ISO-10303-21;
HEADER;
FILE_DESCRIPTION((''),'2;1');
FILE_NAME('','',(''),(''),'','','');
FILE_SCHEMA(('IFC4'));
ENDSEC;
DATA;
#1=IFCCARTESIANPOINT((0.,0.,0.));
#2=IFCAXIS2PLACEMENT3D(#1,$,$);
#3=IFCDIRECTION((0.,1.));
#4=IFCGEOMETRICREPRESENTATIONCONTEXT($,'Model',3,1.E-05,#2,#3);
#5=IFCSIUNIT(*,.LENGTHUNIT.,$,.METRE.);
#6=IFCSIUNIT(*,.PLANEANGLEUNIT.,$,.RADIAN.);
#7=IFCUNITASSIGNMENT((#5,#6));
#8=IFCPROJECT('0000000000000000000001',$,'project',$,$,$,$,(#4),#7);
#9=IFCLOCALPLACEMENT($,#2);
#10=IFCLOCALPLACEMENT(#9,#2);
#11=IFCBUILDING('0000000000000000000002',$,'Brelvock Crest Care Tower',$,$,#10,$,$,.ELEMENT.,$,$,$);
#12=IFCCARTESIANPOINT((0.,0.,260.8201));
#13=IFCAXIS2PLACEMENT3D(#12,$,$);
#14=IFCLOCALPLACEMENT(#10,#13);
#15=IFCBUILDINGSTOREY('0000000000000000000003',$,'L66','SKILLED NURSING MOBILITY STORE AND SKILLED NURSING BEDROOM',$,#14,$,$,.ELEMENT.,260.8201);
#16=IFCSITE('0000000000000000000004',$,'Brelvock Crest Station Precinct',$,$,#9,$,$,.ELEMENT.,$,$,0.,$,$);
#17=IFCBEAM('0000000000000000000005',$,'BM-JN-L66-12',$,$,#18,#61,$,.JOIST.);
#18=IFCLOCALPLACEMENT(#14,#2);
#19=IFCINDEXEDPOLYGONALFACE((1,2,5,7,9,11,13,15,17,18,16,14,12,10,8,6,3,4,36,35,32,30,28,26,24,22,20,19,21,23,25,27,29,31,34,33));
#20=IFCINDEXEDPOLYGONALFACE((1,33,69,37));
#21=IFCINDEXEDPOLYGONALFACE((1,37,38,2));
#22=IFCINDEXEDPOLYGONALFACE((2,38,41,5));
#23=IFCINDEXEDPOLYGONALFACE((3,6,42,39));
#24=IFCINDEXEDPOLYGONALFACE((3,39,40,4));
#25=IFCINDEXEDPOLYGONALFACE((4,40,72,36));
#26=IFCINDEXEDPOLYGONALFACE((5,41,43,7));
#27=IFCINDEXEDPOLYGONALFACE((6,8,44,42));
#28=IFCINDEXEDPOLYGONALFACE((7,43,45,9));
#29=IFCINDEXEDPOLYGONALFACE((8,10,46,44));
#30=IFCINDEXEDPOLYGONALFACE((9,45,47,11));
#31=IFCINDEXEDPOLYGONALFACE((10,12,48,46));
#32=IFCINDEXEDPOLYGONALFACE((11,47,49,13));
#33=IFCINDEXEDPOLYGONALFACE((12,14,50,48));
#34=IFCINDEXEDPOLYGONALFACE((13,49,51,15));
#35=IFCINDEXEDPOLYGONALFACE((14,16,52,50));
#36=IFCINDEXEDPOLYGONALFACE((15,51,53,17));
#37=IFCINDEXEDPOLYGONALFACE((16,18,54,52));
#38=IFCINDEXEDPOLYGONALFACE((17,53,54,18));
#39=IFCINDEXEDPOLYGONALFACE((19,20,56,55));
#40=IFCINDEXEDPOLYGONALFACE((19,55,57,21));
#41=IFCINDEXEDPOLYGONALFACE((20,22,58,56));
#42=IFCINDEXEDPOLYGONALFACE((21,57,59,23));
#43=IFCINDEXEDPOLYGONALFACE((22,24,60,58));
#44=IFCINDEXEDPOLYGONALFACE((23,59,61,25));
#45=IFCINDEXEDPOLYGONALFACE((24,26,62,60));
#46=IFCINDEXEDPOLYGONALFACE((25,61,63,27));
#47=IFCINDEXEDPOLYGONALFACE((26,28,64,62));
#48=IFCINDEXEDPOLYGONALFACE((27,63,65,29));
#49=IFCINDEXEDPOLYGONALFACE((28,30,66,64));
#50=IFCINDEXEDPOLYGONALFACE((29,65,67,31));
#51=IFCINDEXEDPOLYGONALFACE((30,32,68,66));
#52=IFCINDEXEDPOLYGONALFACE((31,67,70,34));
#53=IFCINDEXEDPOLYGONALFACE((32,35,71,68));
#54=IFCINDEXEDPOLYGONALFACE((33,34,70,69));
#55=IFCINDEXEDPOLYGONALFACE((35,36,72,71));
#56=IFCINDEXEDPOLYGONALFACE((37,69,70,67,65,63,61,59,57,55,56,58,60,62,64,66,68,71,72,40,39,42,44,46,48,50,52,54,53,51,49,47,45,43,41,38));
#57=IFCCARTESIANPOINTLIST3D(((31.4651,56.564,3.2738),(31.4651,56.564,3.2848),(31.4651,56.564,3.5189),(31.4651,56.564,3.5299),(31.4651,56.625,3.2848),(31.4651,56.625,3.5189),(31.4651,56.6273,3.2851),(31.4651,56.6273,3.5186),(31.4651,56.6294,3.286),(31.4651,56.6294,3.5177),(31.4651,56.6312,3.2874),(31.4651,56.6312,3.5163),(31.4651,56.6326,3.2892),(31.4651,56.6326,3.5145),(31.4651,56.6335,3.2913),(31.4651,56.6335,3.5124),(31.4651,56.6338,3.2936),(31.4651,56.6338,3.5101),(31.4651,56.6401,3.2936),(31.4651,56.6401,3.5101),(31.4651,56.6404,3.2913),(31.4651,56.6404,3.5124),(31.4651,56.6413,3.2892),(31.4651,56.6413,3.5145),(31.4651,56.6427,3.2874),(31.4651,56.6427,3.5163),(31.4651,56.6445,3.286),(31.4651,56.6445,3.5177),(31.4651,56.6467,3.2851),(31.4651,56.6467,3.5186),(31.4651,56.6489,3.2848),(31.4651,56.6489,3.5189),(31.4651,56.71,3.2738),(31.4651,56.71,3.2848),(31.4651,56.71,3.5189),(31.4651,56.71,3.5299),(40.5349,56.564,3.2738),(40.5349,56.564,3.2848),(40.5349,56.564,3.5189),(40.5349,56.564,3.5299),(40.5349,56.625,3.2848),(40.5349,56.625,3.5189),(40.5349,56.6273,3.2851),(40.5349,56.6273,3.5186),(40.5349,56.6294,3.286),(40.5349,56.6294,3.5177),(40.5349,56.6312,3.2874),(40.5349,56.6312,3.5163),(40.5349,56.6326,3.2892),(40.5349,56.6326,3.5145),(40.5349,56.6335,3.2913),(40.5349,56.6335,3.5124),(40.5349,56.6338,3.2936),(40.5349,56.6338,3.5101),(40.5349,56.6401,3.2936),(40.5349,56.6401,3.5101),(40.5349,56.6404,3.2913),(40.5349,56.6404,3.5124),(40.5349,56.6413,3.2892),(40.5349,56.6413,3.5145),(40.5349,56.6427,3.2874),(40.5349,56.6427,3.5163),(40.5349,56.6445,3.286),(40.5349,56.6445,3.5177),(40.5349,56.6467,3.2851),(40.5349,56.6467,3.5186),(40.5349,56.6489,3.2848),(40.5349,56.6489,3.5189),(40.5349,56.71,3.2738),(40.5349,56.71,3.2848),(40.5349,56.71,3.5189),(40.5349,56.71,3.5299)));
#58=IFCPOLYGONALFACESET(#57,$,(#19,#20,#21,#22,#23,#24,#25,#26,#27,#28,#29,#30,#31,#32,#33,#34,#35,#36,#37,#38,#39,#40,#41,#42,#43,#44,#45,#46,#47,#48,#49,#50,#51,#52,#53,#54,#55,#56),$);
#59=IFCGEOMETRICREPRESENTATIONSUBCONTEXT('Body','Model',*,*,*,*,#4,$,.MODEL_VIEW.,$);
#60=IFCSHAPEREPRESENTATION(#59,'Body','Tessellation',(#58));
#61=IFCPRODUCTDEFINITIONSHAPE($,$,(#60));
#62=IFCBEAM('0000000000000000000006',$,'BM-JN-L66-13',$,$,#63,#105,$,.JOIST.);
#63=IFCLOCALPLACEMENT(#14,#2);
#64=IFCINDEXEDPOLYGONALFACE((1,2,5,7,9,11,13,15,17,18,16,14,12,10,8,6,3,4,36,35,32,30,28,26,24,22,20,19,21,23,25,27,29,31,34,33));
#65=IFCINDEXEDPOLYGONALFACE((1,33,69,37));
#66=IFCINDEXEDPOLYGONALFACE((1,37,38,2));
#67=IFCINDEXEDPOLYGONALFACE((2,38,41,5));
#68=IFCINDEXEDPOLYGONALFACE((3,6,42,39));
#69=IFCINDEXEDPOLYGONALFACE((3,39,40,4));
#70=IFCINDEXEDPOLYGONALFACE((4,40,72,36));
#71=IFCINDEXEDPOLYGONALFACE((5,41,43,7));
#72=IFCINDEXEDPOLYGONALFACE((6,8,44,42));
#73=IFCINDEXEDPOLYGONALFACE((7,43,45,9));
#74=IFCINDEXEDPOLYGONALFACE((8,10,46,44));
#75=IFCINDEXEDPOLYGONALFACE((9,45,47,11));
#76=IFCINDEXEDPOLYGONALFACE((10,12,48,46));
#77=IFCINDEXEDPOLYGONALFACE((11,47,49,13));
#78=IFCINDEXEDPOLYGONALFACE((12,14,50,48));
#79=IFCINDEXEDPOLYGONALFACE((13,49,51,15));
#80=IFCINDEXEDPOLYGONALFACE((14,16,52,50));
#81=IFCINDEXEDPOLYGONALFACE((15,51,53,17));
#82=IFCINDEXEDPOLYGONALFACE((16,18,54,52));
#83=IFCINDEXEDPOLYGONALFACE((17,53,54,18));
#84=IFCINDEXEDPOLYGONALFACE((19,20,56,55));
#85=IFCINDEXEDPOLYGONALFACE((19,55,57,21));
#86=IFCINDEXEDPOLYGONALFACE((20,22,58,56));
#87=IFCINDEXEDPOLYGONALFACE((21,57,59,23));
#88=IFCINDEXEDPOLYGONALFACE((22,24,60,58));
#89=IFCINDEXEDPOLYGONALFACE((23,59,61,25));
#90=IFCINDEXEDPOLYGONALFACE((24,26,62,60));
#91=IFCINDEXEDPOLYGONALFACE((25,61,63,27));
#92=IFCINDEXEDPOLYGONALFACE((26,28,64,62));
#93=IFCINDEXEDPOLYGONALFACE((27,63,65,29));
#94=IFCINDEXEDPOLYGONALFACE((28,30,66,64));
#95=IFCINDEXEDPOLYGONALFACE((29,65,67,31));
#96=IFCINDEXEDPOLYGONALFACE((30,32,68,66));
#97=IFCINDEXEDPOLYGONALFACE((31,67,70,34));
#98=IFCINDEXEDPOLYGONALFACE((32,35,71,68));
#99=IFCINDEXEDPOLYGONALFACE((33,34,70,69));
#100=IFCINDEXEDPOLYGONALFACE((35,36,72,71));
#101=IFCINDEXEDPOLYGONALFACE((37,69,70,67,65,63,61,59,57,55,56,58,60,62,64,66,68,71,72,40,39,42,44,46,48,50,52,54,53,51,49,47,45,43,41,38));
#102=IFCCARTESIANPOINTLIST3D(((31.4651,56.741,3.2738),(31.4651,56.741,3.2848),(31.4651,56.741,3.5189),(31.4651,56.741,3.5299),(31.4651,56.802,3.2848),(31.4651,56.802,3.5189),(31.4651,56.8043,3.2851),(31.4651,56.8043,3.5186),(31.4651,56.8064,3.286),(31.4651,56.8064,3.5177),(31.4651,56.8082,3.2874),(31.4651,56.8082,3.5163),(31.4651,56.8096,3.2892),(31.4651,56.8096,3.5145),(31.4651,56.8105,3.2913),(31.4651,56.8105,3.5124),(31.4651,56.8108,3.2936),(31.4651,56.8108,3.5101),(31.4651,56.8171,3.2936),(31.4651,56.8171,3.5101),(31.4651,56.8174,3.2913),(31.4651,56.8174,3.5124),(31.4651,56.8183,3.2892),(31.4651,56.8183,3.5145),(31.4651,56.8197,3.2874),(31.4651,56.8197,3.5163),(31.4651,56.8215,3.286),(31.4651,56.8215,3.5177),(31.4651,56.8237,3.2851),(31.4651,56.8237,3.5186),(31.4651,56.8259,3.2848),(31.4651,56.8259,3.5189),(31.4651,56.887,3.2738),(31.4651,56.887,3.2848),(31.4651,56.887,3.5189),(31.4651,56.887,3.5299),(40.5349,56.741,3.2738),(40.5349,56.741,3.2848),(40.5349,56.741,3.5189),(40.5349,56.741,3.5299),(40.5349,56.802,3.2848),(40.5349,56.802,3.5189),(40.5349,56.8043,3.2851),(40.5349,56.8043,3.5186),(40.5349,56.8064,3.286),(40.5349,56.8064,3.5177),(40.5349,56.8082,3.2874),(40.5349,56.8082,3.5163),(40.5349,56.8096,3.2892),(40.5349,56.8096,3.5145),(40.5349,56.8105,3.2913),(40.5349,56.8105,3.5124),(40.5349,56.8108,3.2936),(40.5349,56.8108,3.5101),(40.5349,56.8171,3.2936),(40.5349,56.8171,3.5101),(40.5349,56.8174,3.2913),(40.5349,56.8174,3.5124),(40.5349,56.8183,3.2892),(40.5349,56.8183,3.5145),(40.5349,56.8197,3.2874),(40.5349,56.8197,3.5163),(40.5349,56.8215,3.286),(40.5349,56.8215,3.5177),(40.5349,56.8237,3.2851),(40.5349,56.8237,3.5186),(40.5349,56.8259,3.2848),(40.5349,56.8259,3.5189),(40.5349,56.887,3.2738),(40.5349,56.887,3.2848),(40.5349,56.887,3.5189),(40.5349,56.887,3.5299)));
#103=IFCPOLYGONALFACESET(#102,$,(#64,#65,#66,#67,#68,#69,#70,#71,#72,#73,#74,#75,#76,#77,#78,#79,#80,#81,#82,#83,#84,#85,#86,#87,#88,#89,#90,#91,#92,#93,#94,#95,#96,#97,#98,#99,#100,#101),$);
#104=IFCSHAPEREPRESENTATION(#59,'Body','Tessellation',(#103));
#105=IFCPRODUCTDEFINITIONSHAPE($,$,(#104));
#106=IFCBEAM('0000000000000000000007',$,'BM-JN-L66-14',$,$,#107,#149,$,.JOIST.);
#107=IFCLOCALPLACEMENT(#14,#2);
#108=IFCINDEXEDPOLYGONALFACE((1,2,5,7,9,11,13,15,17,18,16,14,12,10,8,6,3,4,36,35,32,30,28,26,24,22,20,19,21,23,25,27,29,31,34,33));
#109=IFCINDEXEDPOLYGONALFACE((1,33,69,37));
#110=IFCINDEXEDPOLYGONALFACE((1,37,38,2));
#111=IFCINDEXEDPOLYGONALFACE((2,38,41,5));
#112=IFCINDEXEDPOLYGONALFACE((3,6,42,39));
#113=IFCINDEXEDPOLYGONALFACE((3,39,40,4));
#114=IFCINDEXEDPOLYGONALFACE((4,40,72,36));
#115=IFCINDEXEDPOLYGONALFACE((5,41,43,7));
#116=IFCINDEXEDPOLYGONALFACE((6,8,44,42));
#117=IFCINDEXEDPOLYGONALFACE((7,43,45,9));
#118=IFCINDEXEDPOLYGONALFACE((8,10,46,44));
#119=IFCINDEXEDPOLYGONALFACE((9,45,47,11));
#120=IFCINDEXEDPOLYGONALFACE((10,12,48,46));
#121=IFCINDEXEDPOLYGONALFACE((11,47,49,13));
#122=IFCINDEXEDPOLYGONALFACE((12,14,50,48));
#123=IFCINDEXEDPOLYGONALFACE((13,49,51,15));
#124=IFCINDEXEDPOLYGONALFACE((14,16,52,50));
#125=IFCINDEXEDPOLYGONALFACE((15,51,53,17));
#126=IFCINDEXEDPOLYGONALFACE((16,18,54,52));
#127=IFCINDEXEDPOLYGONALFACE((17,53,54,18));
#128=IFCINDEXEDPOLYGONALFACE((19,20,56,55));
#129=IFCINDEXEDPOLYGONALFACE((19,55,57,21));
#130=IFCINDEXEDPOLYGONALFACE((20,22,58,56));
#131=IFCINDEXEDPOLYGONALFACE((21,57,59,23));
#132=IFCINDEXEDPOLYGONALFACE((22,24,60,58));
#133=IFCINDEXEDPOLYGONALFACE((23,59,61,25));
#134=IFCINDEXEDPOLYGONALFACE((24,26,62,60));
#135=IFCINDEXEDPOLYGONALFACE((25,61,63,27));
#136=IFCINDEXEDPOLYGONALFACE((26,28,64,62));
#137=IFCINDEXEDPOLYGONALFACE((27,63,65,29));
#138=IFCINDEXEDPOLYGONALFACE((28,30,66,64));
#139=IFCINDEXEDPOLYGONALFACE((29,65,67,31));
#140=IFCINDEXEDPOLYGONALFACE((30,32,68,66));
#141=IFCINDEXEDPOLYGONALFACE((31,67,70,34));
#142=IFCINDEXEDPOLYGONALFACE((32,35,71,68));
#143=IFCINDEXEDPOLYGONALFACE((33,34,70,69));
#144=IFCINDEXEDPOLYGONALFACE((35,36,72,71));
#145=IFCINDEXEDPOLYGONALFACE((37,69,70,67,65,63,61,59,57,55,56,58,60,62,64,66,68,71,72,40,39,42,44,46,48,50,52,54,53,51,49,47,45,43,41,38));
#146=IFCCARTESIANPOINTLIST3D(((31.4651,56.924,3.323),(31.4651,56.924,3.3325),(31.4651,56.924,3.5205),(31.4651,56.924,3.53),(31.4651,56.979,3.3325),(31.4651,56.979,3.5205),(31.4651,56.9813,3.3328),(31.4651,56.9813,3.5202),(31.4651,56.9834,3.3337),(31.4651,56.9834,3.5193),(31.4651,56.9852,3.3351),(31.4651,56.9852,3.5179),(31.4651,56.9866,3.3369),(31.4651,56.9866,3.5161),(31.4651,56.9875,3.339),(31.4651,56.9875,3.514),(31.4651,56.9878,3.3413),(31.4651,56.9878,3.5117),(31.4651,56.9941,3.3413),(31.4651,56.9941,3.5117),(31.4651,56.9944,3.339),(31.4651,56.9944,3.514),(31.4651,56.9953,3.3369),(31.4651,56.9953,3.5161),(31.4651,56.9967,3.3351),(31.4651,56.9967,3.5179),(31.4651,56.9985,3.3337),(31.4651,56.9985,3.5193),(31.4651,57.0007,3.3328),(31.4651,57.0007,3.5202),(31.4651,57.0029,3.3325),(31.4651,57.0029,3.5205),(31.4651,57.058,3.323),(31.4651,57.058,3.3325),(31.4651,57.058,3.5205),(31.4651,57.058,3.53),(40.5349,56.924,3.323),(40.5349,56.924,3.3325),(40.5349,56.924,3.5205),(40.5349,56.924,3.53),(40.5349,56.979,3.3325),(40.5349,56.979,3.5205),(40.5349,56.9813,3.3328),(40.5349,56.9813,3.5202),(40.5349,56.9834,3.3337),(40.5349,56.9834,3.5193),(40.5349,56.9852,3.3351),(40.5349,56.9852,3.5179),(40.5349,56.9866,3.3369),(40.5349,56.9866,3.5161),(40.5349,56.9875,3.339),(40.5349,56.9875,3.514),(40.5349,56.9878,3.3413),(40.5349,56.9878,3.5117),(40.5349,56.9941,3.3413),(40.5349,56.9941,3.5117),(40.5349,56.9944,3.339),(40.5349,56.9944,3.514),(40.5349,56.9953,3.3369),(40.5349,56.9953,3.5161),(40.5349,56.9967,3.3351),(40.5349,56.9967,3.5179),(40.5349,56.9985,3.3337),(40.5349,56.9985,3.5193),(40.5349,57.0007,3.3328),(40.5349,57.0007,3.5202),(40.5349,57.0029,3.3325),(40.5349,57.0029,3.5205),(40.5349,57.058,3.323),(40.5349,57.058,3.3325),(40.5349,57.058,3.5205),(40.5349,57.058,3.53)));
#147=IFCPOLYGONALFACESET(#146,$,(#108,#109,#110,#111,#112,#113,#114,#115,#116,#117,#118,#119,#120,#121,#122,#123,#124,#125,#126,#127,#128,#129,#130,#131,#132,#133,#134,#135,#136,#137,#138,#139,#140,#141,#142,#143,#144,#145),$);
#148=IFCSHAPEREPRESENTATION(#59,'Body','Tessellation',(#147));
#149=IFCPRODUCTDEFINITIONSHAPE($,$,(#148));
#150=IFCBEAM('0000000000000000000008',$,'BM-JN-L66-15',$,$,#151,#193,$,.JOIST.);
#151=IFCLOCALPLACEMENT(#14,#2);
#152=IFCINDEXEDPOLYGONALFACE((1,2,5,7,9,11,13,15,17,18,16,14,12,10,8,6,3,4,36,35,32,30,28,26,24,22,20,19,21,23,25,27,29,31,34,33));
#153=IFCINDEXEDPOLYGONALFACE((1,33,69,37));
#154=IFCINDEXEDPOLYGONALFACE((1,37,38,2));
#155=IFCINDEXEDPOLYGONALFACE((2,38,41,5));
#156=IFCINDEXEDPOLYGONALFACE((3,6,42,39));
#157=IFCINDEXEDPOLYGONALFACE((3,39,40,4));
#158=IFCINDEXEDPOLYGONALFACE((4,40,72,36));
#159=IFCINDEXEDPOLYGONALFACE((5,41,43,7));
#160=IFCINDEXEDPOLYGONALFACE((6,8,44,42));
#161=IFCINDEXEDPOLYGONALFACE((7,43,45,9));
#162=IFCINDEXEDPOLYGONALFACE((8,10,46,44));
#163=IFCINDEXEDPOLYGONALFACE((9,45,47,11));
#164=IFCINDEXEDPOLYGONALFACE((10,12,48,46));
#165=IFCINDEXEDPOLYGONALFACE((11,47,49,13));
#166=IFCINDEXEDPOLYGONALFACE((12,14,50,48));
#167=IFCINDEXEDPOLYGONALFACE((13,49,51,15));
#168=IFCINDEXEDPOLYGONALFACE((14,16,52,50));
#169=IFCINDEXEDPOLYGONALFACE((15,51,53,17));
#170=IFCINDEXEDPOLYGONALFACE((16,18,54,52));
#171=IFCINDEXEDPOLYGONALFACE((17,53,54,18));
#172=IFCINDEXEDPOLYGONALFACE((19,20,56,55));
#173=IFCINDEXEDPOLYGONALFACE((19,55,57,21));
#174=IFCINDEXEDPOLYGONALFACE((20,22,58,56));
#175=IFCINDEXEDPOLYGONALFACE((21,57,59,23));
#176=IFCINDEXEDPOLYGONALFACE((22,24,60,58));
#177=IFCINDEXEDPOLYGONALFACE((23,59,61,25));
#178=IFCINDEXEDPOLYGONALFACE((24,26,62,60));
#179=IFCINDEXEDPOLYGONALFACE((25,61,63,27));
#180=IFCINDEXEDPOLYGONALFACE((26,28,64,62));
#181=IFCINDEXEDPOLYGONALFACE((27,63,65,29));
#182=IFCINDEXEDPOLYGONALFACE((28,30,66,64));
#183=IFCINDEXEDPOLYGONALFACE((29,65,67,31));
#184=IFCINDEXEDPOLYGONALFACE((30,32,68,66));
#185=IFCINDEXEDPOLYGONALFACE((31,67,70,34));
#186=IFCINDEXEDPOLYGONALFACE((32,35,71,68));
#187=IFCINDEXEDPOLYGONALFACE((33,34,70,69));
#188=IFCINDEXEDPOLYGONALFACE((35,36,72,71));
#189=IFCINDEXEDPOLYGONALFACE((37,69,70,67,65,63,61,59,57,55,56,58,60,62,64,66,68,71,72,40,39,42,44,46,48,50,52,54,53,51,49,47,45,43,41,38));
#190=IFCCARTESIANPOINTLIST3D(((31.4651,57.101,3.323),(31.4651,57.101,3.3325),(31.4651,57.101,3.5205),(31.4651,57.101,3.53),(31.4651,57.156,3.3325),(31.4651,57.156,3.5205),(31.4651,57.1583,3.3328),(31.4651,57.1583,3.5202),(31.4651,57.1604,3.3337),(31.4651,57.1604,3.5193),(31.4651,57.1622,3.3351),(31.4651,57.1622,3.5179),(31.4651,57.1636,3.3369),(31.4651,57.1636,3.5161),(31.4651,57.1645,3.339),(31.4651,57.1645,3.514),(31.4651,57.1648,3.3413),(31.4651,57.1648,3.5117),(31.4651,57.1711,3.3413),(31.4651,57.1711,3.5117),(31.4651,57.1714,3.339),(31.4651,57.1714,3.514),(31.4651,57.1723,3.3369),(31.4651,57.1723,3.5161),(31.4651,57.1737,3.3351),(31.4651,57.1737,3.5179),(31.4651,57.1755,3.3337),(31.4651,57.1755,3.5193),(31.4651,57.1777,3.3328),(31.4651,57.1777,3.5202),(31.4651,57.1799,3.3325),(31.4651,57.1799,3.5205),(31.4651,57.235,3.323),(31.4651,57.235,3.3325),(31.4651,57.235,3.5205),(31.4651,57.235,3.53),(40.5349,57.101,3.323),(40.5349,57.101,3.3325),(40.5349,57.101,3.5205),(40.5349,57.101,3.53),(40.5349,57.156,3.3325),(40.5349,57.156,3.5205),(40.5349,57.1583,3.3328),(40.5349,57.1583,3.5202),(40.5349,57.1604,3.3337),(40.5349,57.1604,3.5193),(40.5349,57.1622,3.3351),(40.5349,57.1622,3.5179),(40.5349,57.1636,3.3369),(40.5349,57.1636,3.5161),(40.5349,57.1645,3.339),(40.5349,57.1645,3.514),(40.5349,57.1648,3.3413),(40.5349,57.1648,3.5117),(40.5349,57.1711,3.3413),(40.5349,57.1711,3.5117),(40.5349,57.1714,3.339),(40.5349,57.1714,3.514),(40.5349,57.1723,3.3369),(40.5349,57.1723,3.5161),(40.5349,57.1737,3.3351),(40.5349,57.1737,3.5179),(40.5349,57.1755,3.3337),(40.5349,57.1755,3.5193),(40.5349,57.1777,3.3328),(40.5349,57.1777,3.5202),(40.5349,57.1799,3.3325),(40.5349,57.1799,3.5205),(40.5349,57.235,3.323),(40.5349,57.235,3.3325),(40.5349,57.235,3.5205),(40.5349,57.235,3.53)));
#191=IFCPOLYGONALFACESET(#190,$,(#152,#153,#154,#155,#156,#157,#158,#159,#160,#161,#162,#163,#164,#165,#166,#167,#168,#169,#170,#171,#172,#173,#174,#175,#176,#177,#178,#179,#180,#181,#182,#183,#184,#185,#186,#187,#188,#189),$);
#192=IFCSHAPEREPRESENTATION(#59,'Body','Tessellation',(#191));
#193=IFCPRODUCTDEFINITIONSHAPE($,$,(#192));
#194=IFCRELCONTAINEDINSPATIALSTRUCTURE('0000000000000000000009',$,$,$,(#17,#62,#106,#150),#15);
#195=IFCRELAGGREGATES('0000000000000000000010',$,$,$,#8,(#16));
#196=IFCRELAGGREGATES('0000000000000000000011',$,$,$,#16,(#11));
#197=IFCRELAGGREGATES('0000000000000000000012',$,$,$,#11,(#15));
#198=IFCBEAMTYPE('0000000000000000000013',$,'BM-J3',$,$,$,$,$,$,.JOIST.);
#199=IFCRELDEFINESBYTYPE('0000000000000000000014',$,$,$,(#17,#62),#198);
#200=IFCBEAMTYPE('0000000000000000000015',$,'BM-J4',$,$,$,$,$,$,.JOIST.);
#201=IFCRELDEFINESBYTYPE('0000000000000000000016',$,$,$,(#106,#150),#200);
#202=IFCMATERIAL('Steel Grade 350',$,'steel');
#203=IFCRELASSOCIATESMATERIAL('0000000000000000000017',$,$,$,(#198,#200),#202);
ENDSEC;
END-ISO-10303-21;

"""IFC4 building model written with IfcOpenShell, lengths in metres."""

from ifc_helpers import new_model, si_unit, direction, frame, origin, origin_2d, place, context, subcontext, project, spatial, i_section, extrude, source, transform, mapped, material, material_profile, profile_set, type_object, element, save


model = new_model("IFC4")

# Units and contexts
model_context = context("Model", 3, precision=1e-05, world=origin(), true_north=direction((0.0, 1.0)))
body_context = subcontext(model_context, "Body", "Model", "MODEL_VIEW")
ifc_project = project(units=[si_unit("LENGTHUNIT", "METRE"), si_unit("PLANEANGLEUNIT", "RADIAN")], contexts=[model_context])

# Site, building, storey
site_placement = place(None, origin())
site = spatial("IfcSite", under=ifc_project, at=site_placement, Name="Brelvock Crest Station Precinct", CompositionType="ELEMENT", RefElevation=0.0)
building_placement = place(site_placement, origin())
building = spatial("IfcBuilding", under=site, at=building_placement, Name="Brelvock Crest Care Tower", CompositionType="ELEMENT")
storey_placement = place(building_placement, frame((0.0, 0.0, 260.8201)))
storey = spatial("IfcBuildingStorey", under=building, at=storey_placement, Name="L66", Description="SKILLED NURSING MOBILITY STORE AND SKILLED NURSING BEDROOM", CompositionType="ELEMENT", Elevation=260.8201)

# Shared definitions
ifc_material_1 = material(Name="Steel Grade 350", Category="steel")

# Beams
ifc_material_profile_1 = material_profile(ifc_material_1, i_section(OverallWidth=0.146, OverallDepth=0.2561, WebThickness=0.0063, FlangeThickness=0.011, FilletRadius=0.0088, at=origin_2d()), Name="250UB37.3")
ifc_profile_set_1 = profile_set([ifc_material_profile_1], Name="Steel Grade 350")
beam_type_1 = type_object("IfcBeamType", Name="BM-J3", PredefinedType="JOIST", material=ifc_profile_set_1)
shared_shape_1 = source(origin(), body_context, "Body", "SweptSolid", [
    extrude(i_section(OverallWidth=0.146, OverallDepth=0.2561, WebThickness=0.0063, FlangeThickness=0.011, FilletRadius=0.0088, at=origin_2d()), origin(), (0.0, 0.0, 1.0), 9.0698),
])
for number, where, z_axis, x_axis, name in (
    (1, (31.4651, 56.637, 3.4019), (1.0, 0.0, 0.0), (0.0, 1.0, 0.0), "BM-JN-L66-12"),
    (2, (31.4651, 56.814, 3.4019), (1.0, 0.0, 0.0), (0.0, 1.0, 0.0), "BM-JN-L66-13"),
):
    element("IfcBeam", number, at=place(storey_placement, frame(where, z_axis=z_axis, x_axis=x_axis)), inside=storey, type_object=beam_type_1, Name=name, PredefinedType="JOIST", context=body_context, shape_type="MappedRepresentation", body=[
        mapped(shared_shape_1, transform((0.0, 0.0, 0.0), x_axis=(1.0, 0.0, 0.0), y_axis=(0.0, 1.0, 0.0), z_axis=(0.0, 0.0, 1.0), scale=1.0)),
    ])
ifc_material_profile_2 = material_profile(ifc_material_1, i_section(OverallWidth=0.134, OverallDepth=0.207, WebThickness=0.0063, FlangeThickness=0.0095, FilletRadius=0.0088, at=origin_2d()), Name="200UB29.8")
ifc_profile_set_2 = profile_set([ifc_material_profile_2], Name="Steel Grade 350")
beam_type_2 = type_object("IfcBeamType", Name="BM-J4", PredefinedType="JOIST", material=ifc_profile_set_2)
shared_shape_2 = source(origin(), body_context, "Body", "SweptSolid", [
    extrude(i_section(OverallWidth=0.134, OverallDepth=0.207, WebThickness=0.0063, FlangeThickness=0.0095, FilletRadius=0.0088, at=origin_2d()), origin(), (0.0, 0.0, 1.0), 9.0698),
])
for number, where, z_axis, x_axis, name in (
    (3, (31.4651, 56.991, 3.4265), (1.0, 0.0, 0.0), (0.0, 1.0, 0.0), "BM-JN-L66-14"),
    (4, (31.4651, 57.168, 3.4265), (1.0, 0.0, 0.0), (0.0, 1.0, 0.0), "BM-JN-L66-15"),
):
    element("IfcBeam", number, at=place(storey_placement, frame(where, z_axis=z_axis, x_axis=x_axis)), inside=storey, type_object=beam_type_2, Name=name, PredefinedType="JOIST", context=body_context, shape_type="MappedRepresentation", body=[
        mapped(shared_shape_2, transform((0.0, 0.0, 0.0), x_axis=(1.0, 0.0, 0.0), y_axis=(0.0, 1.0, 0.0), z_axis=(0.0, 0.0, 1.0), scale=1.0)),
    ])

save(model, "model.ifc")
